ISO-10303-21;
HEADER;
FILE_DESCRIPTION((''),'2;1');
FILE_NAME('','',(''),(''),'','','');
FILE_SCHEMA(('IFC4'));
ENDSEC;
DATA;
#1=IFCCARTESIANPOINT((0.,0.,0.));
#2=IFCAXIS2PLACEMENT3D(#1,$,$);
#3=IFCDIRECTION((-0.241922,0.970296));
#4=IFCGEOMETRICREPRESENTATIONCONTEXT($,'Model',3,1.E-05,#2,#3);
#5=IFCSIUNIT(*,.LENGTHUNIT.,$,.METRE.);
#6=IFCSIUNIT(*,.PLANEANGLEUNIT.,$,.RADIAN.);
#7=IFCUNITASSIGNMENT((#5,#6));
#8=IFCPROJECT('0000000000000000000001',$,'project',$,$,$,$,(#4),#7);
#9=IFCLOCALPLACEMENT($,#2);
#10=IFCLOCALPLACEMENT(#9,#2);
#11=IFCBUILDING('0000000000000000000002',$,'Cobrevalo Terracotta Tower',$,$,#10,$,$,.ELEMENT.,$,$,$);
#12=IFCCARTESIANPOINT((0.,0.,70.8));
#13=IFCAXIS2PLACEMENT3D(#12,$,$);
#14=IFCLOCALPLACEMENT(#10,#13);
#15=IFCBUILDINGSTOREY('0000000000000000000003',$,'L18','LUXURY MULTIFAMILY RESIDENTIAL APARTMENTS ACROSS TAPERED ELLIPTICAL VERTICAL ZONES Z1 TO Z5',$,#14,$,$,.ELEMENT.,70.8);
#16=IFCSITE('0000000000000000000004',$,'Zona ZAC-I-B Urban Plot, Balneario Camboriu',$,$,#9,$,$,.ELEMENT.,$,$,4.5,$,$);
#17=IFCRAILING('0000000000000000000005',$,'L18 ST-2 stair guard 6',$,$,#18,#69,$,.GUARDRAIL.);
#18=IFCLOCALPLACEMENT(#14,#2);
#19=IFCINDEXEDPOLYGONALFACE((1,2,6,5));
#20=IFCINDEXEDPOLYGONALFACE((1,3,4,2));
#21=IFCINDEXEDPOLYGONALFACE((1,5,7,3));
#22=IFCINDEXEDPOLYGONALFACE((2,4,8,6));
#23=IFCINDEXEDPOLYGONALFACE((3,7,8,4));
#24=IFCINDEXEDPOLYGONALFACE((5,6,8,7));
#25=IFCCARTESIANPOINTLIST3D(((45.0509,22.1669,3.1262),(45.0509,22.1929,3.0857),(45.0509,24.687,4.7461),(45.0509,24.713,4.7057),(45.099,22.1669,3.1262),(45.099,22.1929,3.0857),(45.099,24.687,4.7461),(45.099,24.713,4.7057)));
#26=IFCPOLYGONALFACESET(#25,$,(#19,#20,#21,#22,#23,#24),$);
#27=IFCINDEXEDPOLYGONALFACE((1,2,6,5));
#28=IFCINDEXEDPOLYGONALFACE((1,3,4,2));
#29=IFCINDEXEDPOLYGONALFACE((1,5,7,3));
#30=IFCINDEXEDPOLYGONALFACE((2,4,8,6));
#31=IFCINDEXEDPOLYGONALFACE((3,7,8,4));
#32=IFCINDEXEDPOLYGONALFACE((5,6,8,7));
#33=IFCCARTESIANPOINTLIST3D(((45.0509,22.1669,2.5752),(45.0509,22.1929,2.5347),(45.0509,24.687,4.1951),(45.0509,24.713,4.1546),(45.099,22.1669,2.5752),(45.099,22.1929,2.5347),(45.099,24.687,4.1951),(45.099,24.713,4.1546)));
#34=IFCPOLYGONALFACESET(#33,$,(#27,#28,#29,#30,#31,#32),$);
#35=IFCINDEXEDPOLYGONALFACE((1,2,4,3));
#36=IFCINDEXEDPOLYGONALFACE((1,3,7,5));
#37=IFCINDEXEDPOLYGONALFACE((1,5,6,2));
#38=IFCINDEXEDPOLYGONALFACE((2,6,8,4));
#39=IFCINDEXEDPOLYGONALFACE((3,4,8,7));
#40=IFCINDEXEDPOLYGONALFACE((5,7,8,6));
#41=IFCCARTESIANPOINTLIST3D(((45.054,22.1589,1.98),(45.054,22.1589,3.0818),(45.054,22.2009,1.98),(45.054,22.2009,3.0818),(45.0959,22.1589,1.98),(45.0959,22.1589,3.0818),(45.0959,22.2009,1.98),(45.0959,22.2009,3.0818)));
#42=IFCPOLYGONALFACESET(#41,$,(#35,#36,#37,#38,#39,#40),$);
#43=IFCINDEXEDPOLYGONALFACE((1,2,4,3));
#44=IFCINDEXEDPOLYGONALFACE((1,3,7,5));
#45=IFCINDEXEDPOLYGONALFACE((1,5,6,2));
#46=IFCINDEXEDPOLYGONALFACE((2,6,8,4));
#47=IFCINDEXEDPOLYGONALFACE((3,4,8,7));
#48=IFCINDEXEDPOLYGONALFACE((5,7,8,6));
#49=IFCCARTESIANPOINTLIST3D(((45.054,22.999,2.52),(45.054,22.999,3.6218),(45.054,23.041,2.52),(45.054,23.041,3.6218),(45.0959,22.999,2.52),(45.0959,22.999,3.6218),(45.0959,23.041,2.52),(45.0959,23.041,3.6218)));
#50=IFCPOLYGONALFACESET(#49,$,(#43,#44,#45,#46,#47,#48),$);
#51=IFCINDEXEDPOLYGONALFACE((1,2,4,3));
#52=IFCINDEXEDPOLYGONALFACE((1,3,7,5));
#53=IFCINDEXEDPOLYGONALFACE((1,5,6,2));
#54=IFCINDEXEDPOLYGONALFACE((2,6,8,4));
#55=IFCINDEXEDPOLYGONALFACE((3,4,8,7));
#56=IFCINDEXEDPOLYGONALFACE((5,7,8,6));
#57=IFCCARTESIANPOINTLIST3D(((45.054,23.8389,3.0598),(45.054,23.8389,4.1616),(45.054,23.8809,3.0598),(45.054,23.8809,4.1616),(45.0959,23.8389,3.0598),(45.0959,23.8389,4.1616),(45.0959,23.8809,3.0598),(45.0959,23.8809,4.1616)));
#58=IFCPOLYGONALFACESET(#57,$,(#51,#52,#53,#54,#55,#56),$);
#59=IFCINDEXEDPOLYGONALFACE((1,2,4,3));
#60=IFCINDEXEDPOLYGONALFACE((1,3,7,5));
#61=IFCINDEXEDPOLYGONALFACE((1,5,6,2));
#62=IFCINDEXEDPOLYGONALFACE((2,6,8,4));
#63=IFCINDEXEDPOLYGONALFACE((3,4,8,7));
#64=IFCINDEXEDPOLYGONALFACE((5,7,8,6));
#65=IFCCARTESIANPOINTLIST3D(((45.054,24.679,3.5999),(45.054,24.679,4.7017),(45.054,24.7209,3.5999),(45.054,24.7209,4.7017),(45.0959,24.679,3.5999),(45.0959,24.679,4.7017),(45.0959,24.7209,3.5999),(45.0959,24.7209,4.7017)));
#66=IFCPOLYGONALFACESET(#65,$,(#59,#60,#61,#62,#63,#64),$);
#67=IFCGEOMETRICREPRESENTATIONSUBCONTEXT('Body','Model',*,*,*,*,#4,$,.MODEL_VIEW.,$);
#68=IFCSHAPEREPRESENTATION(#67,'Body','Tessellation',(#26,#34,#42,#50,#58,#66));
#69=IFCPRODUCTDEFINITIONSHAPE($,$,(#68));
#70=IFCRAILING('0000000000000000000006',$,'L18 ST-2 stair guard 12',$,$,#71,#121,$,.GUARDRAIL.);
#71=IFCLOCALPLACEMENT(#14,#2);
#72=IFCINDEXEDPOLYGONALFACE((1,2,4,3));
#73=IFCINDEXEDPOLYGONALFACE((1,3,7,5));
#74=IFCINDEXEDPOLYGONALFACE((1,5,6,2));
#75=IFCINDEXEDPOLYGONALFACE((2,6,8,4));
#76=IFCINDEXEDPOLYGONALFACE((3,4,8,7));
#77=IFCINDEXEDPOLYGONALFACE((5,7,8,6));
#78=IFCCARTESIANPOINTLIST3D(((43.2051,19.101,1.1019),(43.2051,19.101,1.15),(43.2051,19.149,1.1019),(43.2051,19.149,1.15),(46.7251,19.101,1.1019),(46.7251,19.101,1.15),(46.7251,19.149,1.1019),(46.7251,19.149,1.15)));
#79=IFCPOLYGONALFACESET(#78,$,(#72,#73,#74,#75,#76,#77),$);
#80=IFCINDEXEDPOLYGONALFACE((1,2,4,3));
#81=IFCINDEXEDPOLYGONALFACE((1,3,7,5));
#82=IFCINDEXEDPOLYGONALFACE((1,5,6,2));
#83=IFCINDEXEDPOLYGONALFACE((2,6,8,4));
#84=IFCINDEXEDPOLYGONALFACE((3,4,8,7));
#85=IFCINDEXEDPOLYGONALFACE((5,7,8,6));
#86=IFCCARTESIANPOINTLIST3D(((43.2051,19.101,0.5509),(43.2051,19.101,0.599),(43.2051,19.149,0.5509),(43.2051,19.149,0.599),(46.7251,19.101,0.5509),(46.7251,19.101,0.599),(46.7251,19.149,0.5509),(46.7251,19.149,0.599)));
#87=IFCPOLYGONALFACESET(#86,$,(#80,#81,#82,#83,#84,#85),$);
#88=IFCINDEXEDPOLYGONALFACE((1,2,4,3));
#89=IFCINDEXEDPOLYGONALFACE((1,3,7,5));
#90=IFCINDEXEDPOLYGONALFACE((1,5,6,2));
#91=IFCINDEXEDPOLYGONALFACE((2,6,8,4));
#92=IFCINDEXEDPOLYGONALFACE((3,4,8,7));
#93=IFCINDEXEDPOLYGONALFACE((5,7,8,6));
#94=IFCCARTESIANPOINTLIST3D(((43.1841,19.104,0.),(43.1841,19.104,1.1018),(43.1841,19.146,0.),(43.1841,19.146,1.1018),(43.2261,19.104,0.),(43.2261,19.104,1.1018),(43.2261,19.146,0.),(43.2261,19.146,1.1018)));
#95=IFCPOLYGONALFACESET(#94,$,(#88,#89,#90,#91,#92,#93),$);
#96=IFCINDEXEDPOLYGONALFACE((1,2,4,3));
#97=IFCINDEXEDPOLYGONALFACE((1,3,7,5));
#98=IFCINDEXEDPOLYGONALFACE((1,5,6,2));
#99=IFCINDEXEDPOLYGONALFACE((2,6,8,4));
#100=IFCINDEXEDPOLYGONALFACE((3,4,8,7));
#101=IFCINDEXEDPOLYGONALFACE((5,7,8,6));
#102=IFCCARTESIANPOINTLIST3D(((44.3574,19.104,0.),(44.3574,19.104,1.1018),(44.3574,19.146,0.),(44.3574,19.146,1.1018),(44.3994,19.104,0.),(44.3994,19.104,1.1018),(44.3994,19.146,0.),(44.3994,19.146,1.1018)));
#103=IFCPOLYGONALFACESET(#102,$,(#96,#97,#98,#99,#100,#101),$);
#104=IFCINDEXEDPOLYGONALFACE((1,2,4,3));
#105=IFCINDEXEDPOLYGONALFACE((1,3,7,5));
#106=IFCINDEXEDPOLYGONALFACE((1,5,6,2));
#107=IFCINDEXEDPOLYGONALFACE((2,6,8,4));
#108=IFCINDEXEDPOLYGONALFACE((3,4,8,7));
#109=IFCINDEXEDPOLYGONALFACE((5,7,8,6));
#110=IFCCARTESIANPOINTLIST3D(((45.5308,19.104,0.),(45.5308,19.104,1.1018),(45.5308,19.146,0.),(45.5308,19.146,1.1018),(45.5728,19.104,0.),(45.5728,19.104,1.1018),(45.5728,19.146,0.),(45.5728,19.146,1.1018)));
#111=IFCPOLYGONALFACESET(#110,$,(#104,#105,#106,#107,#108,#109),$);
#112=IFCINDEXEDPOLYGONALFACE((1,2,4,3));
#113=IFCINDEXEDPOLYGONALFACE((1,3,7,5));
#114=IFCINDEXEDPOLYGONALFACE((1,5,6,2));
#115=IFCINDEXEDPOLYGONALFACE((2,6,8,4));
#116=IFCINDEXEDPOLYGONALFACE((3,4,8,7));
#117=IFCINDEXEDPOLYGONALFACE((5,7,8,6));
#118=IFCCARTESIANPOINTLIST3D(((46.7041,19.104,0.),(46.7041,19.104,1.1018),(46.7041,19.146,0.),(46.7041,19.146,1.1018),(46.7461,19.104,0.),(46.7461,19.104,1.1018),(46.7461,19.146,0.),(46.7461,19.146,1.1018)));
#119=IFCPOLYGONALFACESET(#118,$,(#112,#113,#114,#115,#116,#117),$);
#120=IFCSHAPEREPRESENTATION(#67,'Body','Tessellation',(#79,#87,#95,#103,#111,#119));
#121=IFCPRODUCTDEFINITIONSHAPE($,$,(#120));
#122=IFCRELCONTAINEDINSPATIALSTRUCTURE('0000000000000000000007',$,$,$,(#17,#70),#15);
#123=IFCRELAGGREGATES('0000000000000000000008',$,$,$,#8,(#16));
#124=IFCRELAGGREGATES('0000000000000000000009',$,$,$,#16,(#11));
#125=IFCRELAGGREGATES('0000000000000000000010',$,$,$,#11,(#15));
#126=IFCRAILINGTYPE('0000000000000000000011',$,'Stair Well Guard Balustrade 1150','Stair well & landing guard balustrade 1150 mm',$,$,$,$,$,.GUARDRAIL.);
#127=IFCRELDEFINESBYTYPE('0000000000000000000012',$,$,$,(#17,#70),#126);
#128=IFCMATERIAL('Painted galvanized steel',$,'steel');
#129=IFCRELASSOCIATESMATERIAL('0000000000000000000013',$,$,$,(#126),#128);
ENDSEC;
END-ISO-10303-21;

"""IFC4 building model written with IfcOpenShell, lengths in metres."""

from ifc_helpers import new_model, si_unit, direction, frame, origin, origin_2d, place, context, subcontext, project, spatial, rectangle, extrude, material, type_object, element, save


model = new_model("IFC4")

# Units and contexts
model_context = context("Model", 3, precision=1e-05, world=origin(), true_north=direction((-0.241922, 0.970296)))
body_context = subcontext(model_context, "Body", "Model", "MODEL_VIEW")
ifc_project = project(units=[si_unit("LENGTHUNIT", "METRE"), si_unit("PLANEANGLEUNIT", "RADIAN")], contexts=[model_context])

# Site, building, storey
site_placement = place(None, origin())
site = spatial("IfcSite", under=ifc_project, at=site_placement, Name="Zona ZAC-I-B Urban Plot, Balneario Camboriu", CompositionType="ELEMENT", RefElevation=4.5)
building_placement = place(site_placement, origin())
building = spatial("IfcBuilding", under=site, at=building_placement, Name="Cobrevalo Terracotta Tower", CompositionType="ELEMENT")
storey_placement = place(building_placement, frame((0.0, 0.0, 70.8)))
storey = spatial("IfcBuildingStorey", under=building, at=storey_placement, Name="L18", Description="LUXURY MULTIFAMILY RESIDENTIAL APARTMENTS ACROSS TAPERED ELLIPTICAL VERTICAL ZONES Z1 TO Z5", CompositionType="ELEMENT", Elevation=70.8)

# Railings
ifc_material_1 = material(Name="Painted galvanized steel", Category="steel")
railing_type_1 = type_object("IfcRailingType", Name="Stair Well Guard Balustrade 1150", Description="Stair well & landing guard balustrade 1150 mm", PredefinedType="GUARDRAIL", material=ifc_material_1)
railing_1_placement = place(storey_placement, frame((45.075, 22.1799, 1.98)))
element("IfcRailing", 1, at=railing_1_placement, inside=storey, type_object=railing_type_1, Name="L18 ST-2 stair guard 6", PredefinedType="GUARDRAIL", context=body_context, shape_type="SweptSolid", body=[
    extrude(rectangle(XDim=0.0481, YDim=0.0481, at=origin_2d()), frame((0.0, 0.0, 1.126), z_axis=(0.0, 0.8412, 0.540725), x_axis=(-1.0, 0.0, 0.0)), (0.0, 0.0, 1.0), 2.9958),
    extrude(rectangle(XDim=0.0481, YDim=0.0481, at=origin_2d()), frame((0.0, 0.0, 0.575), z_axis=(0.0, 0.8412, 0.540725), x_axis=(-1.0, 0.0, 0.0)), (0.0, 0.0, 1.0), 2.9958),
    extrude(rectangle(XDim=0.042, YDim=0.042, at=origin_2d()), origin(), (0.0, 0.0, 1.0), 1.1018),
    extrude(rectangle(XDim=0.042, YDim=0.042, at=origin_2d()), frame((0.0, 0.8401, 0.54)), (0.0, 0.0, 1.0), 1.1018),
    extrude(rectangle(XDim=0.042, YDim=0.042, at=origin_2d()), frame((0.0, 1.6799, 1.0798)), (0.0, 0.0, 1.0), 1.1018),
    extrude(rectangle(XDim=0.042, YDim=0.042, at=origin_2d()), frame((0.0, 2.52, 1.6199)), (0.0, 0.0, 1.0), 1.1018),
])
railing_2_placement = place(storey_placement, frame((43.2051, 19.125, 0.0)))
element("IfcRailing", 2, at=railing_2_placement, inside=storey, type_object=railing_type_1, Name="L18 ST-2 stair guard 12", PredefinedType="GUARDRAIL", context=body_context, shape_type="SweptSolid", body=[
    extrude(rectangle(XDim=0.0481, YDim=0.0481, at=origin_2d()), frame((0.0, 0.0, 1.126), z_axis=(1.0, 0.0, 0.0), x_axis=(0.0, 1.0, 0.0)), (0.0, 0.0, 1.0), 3.52),
    extrude(rectangle(XDim=0.0481, YDim=0.0481, at=origin_2d()), frame((0.0, 0.0, 0.575), z_axis=(1.0, 0.0, 0.0), x_axis=(0.0, 1.0, 0.0)), (0.0, 0.0, 1.0), 3.52),
    extrude(rectangle(XDim=0.042, YDim=0.042, at=origin_2d()), origin(), (0.0, 0.0, 1.0), 1.1018),
    extrude(rectangle(XDim=0.042, YDim=0.042, at=origin_2d()), frame((1.1733, 0.0, 0.0)), (0.0, 0.0, 1.0), 1.1018),
    extrude(rectangle(XDim=0.042, YDim=0.042, at=origin_2d()), frame((2.3467, 0.0, 0.0)), (0.0, 0.0, 1.0), 1.1018),
    extrude(rectangle(XDim=0.042, YDim=0.042, at=origin_2d()), frame((3.52, 0.0, 0.0)), (0.0, 0.0, 1.0), 1.1018),
])

save(model, "model.ifc")
